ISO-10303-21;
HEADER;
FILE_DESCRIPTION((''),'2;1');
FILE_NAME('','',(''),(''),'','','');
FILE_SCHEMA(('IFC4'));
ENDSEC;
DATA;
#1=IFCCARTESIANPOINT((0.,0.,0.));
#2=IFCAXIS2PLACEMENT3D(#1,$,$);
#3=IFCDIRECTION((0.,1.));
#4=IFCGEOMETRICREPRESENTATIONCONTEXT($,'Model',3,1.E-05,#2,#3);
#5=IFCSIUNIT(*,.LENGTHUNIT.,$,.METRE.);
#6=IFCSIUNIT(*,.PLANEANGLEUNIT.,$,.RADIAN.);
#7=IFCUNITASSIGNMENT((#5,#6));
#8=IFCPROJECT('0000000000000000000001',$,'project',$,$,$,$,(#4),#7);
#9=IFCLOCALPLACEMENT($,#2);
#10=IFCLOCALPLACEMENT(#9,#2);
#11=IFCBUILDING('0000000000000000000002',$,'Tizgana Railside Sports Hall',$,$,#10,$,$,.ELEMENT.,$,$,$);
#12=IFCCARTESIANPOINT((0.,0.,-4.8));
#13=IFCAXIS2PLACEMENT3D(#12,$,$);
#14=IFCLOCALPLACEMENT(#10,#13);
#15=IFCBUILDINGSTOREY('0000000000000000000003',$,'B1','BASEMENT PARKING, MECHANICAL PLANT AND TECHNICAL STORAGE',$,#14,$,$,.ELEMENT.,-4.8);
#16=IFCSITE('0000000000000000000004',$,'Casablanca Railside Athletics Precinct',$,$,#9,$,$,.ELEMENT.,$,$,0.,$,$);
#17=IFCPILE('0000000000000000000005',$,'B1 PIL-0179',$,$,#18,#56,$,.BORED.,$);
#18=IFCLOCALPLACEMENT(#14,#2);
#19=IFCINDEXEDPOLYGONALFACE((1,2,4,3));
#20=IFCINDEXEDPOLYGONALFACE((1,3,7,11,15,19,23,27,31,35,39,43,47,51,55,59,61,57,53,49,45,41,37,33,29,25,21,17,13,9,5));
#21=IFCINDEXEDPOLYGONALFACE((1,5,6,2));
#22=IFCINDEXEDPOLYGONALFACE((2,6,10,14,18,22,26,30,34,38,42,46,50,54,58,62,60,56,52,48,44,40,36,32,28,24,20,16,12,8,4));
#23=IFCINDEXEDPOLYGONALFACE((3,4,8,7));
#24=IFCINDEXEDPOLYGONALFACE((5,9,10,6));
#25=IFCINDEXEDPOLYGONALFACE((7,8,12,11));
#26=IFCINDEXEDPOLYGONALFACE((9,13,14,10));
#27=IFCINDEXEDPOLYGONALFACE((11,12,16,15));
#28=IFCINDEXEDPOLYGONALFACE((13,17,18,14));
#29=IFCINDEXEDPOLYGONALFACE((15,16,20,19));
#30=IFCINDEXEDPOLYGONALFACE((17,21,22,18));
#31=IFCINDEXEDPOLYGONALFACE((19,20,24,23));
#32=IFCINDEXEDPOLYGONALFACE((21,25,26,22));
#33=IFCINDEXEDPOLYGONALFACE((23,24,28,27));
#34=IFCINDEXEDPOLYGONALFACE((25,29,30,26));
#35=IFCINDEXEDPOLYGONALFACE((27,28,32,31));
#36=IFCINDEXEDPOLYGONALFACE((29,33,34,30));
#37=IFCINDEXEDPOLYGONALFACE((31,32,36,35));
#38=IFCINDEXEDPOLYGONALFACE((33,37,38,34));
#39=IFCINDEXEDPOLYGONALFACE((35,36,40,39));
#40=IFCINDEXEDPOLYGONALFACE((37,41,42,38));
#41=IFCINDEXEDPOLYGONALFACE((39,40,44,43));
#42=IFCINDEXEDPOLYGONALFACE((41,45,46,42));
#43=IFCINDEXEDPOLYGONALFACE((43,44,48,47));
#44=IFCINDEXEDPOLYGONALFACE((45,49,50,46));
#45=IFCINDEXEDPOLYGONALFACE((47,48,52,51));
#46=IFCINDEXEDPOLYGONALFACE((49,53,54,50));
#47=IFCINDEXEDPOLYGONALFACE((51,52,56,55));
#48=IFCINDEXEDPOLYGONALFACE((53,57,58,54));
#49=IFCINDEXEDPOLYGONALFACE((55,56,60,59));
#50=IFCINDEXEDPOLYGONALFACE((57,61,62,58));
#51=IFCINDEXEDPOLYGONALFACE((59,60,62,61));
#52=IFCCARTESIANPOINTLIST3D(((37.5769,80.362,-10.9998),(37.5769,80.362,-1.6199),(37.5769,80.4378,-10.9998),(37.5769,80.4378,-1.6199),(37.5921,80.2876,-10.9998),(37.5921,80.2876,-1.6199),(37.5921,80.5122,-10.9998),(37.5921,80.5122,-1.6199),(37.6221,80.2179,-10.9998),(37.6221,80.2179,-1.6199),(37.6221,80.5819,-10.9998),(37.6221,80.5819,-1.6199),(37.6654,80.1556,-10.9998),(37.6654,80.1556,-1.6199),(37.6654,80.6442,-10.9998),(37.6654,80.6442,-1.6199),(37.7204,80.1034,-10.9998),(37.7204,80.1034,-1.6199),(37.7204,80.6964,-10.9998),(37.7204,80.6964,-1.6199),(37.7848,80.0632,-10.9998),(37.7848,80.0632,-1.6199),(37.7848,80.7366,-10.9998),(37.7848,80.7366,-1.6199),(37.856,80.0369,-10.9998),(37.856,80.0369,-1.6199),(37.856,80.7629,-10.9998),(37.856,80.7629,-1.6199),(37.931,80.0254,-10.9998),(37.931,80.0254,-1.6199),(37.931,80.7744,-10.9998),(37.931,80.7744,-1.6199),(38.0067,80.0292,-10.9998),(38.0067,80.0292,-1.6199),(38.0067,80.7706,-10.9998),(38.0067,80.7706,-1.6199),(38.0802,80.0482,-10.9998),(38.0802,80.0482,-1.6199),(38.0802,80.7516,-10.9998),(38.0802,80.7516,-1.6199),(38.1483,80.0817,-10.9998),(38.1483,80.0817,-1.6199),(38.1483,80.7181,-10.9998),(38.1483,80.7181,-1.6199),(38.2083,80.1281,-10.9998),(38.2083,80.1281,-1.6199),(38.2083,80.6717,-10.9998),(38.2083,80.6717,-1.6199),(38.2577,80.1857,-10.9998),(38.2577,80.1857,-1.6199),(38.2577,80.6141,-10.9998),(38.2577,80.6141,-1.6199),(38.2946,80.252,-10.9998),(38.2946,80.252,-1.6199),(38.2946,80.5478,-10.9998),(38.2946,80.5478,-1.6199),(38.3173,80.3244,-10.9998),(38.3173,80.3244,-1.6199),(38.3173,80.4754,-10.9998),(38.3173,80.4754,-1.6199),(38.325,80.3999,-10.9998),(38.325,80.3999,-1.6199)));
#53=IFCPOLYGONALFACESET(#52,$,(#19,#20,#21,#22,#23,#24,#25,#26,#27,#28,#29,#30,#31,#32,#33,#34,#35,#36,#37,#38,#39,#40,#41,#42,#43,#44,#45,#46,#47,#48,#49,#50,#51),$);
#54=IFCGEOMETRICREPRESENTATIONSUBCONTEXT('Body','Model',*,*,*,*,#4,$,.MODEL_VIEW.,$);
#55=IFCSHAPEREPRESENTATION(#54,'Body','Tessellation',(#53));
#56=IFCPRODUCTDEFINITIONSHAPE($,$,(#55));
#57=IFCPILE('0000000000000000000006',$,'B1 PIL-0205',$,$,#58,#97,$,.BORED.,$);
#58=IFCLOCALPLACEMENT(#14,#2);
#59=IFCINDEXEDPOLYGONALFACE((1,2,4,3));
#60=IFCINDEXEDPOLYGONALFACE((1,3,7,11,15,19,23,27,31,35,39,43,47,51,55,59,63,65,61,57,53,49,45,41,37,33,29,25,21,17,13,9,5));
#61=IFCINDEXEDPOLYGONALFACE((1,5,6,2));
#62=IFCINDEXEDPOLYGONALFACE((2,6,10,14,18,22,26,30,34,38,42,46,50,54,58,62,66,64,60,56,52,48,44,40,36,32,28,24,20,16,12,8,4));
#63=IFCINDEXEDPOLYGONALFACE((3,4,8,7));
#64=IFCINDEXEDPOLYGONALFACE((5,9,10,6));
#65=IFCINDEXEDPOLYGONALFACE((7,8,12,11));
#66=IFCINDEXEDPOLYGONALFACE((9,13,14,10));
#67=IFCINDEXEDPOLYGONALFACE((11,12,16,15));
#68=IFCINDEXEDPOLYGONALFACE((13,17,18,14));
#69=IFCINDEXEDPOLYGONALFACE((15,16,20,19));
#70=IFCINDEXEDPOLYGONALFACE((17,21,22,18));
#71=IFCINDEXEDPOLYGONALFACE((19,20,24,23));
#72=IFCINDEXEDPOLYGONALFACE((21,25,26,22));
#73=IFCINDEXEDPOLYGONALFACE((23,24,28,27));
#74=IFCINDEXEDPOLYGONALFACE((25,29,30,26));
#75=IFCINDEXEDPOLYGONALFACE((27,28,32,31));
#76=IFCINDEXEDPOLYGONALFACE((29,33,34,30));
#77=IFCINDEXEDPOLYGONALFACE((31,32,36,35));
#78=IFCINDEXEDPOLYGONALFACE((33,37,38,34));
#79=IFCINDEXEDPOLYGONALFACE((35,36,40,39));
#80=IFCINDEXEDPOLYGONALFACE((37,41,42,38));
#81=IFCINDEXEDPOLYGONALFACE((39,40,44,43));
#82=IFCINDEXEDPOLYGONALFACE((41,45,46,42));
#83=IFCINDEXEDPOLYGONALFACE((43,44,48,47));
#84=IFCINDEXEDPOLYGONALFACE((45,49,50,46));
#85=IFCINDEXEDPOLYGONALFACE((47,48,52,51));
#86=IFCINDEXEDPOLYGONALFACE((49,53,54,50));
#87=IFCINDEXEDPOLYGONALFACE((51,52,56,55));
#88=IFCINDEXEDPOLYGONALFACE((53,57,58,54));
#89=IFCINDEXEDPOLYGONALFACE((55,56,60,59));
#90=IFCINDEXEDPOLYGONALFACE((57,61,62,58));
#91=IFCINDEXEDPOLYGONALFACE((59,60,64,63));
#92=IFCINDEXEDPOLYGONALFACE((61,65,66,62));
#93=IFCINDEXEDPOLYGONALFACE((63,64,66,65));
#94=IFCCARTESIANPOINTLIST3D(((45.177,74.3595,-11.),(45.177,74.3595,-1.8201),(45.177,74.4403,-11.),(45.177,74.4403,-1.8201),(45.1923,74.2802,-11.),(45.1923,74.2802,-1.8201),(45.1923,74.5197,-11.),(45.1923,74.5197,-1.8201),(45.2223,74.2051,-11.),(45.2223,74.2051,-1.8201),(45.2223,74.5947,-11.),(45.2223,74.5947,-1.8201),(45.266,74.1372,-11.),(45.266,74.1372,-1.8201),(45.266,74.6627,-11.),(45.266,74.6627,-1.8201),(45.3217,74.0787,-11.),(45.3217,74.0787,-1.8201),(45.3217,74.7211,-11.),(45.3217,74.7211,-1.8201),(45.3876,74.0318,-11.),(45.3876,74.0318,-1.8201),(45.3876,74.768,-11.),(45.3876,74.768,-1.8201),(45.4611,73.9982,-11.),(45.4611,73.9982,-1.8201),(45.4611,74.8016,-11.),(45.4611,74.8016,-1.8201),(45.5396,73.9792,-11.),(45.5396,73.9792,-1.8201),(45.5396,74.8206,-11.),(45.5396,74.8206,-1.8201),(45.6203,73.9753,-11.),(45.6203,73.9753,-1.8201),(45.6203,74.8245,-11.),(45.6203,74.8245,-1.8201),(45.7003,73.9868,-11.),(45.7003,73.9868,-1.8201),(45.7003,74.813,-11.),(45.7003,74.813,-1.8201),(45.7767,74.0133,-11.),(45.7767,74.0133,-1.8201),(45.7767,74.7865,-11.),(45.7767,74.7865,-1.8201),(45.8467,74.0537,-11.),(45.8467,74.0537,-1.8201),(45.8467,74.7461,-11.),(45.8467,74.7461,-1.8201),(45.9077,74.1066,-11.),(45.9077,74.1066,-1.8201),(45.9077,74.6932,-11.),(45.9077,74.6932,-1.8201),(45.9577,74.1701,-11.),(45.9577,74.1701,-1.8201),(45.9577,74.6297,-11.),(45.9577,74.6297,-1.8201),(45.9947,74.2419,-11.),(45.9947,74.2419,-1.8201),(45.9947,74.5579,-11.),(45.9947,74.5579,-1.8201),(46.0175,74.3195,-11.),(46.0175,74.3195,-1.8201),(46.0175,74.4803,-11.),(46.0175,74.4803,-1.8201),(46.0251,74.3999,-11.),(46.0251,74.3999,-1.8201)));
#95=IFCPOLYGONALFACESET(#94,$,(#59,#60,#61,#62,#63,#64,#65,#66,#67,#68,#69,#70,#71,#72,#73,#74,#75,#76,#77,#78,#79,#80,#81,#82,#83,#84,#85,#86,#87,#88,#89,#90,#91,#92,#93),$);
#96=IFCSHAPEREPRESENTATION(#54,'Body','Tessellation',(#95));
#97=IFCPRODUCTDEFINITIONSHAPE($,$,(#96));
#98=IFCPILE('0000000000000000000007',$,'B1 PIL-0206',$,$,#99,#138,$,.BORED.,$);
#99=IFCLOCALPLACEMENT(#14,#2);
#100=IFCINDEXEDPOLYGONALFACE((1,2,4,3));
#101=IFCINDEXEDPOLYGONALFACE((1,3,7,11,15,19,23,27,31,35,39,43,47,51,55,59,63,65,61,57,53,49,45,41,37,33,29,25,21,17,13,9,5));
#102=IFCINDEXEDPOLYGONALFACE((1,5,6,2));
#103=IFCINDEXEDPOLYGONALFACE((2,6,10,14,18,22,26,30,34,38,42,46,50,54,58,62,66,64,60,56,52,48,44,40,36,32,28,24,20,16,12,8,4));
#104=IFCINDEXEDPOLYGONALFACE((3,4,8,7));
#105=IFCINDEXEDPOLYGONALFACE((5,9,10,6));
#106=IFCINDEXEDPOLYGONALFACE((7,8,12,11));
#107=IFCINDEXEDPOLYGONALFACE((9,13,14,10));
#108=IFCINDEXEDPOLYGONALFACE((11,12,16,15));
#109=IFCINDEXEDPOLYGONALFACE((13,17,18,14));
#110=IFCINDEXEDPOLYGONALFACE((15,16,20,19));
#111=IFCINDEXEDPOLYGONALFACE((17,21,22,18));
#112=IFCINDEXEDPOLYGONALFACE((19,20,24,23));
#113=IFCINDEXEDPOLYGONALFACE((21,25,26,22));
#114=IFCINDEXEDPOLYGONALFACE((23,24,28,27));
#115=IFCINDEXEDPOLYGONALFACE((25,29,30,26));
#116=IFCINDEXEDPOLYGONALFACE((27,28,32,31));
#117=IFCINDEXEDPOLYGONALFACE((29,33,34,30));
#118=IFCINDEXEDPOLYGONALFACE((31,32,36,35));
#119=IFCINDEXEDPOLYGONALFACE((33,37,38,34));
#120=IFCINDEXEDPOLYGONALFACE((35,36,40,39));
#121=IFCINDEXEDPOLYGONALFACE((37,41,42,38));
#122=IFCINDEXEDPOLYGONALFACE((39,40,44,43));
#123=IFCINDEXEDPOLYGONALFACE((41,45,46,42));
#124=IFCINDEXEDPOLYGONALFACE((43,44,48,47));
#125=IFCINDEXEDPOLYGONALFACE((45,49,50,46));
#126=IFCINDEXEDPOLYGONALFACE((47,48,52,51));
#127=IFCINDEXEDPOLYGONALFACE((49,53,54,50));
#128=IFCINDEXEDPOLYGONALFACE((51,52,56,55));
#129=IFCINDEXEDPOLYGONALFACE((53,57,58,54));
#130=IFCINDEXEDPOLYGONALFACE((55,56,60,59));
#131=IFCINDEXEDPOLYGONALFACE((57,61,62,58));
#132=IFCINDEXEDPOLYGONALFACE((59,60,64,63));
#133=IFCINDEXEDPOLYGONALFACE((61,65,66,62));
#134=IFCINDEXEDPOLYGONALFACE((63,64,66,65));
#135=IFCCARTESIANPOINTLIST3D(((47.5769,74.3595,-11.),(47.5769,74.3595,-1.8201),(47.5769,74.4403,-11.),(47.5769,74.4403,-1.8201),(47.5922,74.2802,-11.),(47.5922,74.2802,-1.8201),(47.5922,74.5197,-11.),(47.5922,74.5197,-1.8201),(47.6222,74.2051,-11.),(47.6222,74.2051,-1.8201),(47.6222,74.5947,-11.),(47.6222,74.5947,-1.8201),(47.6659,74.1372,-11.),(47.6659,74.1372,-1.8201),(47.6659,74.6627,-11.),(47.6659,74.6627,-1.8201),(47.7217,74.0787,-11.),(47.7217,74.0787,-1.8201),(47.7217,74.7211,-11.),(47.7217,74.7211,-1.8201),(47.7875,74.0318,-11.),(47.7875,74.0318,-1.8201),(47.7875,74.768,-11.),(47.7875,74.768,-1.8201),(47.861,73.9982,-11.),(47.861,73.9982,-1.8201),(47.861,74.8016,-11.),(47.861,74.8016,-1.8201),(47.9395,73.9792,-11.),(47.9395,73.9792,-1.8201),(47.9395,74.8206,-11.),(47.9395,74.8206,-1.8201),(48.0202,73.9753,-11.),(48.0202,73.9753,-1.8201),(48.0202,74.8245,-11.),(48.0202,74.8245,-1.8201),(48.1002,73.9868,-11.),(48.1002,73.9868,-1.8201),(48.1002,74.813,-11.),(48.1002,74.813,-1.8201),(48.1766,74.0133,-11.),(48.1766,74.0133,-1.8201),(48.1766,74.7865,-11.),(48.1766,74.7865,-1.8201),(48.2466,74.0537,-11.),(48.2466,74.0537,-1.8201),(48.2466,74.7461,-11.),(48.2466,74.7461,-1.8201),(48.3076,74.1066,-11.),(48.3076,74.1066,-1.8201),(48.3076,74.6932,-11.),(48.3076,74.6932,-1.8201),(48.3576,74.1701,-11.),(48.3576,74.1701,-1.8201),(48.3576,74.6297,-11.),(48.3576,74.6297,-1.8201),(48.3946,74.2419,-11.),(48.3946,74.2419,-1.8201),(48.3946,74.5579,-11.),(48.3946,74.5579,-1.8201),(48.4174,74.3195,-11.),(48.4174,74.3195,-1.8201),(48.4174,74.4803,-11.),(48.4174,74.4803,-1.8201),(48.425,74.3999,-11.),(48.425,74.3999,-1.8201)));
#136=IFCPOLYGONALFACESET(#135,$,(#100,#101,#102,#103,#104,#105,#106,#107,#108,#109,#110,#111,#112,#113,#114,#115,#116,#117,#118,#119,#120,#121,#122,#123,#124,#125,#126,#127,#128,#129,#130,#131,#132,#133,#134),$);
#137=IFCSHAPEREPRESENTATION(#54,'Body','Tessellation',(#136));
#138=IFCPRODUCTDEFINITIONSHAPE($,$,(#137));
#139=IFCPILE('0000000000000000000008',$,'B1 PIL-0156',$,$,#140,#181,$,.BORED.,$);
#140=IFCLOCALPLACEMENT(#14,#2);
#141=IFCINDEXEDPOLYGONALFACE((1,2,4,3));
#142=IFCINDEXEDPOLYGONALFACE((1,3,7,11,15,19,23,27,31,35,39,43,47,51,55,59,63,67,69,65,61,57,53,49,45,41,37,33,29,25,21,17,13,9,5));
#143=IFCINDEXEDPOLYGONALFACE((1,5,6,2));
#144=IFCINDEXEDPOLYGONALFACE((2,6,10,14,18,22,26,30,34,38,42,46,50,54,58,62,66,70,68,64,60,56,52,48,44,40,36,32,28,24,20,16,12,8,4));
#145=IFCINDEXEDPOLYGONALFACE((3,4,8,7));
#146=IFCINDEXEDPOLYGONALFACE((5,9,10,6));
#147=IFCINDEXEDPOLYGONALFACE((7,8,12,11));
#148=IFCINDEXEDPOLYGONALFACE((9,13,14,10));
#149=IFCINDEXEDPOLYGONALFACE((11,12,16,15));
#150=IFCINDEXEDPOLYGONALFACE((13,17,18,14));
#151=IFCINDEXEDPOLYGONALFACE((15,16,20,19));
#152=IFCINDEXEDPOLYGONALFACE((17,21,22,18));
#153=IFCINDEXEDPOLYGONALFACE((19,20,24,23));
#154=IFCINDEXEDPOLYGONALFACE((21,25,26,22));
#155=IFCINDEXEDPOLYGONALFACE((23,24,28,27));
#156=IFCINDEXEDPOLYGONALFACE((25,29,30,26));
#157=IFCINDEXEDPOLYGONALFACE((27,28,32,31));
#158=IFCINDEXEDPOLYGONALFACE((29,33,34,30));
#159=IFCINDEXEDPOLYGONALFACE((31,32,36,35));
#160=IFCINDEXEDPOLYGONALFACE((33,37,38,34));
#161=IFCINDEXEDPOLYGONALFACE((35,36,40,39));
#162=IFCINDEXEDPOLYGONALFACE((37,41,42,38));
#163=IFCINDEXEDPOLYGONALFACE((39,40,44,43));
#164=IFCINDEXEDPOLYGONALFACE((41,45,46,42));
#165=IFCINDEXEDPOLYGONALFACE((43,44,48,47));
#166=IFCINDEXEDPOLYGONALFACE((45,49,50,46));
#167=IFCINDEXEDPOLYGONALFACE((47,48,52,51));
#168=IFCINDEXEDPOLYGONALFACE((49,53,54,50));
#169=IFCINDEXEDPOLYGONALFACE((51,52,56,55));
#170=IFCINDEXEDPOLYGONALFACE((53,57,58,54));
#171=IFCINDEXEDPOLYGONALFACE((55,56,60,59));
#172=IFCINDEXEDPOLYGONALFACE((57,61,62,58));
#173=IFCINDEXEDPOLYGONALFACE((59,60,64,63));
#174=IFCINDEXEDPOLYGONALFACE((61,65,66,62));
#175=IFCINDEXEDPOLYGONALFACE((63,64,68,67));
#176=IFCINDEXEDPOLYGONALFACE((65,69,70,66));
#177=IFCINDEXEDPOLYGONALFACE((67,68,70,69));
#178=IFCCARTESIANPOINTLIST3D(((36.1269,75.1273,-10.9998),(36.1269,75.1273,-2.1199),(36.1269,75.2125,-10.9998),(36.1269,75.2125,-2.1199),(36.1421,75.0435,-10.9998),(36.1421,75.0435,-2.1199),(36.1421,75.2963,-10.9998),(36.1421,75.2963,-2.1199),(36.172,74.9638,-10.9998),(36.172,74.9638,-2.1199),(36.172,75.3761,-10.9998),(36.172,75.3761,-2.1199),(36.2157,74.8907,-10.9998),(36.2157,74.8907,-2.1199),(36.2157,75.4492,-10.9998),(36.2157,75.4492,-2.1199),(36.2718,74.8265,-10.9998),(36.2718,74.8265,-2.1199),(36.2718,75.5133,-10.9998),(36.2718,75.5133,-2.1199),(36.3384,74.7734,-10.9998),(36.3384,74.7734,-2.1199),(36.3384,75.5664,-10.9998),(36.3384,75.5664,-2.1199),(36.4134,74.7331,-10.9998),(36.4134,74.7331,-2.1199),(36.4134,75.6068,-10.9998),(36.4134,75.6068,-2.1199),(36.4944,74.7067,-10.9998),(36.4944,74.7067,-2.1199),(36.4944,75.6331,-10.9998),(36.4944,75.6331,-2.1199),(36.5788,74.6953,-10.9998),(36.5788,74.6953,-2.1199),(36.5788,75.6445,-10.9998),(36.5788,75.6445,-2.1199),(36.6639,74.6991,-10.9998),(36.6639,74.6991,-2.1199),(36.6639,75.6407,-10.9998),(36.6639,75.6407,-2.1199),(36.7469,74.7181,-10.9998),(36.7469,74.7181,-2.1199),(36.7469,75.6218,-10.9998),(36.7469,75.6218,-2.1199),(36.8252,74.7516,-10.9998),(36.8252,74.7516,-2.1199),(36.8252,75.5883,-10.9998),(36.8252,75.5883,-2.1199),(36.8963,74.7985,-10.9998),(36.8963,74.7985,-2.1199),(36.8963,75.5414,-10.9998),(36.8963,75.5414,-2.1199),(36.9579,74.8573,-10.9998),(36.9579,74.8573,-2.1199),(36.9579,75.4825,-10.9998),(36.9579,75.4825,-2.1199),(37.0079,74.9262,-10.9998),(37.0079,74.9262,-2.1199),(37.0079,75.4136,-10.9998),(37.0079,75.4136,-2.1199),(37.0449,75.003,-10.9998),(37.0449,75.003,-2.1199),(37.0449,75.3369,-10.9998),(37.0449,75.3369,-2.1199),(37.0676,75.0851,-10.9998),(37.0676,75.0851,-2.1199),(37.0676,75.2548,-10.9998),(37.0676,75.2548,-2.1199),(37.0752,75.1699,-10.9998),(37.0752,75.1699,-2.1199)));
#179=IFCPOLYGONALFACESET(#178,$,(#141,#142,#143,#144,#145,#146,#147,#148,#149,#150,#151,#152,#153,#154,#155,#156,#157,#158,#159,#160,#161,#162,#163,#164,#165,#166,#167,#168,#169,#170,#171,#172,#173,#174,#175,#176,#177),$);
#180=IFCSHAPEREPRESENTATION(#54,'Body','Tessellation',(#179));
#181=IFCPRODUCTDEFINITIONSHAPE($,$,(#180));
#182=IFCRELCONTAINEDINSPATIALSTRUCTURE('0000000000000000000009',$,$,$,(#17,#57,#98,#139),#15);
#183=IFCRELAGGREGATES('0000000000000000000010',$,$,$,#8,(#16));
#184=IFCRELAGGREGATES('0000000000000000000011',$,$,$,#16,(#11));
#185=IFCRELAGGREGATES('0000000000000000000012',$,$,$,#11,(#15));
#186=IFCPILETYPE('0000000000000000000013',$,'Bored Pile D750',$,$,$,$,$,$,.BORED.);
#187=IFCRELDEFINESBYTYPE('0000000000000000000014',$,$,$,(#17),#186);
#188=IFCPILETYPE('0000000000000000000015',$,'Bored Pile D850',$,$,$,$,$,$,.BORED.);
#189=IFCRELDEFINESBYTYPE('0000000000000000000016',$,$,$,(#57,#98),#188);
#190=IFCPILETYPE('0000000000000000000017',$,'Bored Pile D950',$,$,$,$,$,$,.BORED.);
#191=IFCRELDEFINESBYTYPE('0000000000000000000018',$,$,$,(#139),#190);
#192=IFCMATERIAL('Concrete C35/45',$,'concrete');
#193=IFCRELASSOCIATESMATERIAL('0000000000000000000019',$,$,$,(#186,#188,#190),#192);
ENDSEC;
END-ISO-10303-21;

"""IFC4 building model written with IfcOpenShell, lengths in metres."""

from ifc_helpers import new_model, si_unit, direction, frame, origin, origin_2d, place, context, subcontext, project, spatial, circle, extrude, material, material_profile, profile_set, type_object, element, save


model = new_model("IFC4")

# Units and contexts
model_context = context("Model", 3, precision=1e-05, world=origin(), true_north=direction((0.0, 1.0)))
body_context = subcontext(model_context, "Body", "Model", "MODEL_VIEW")
ifc_project = project(units=[si_unit("LENGTHUNIT", "METRE"), si_unit("PLANEANGLEUNIT", "RADIAN")], contexts=[model_context])

# Site, building, storey
site_placement = place(None, origin())
site = spatial("IfcSite", under=ifc_project, at=site_placement, Name="Casablanca Railside Athletics Precinct", CompositionType="ELEMENT", RefElevation=0.0)
building_placement = place(site_placement, origin())
building = spatial("IfcBuilding", under=site, at=building_placement, Name="Tizgana Railside Sports Hall", CompositionType="ELEMENT")
storey_placement = place(building_placement, frame((0.0, 0.0, -4.8)))
storey = spatial("IfcBuildingStorey", under=building, at=storey_placement, Name="B1", Description="BASEMENT PARKING, MECHANICAL PLANT AND TECHNICAL STORAGE", CompositionType="ELEMENT", Elevation=-4.8)

# Piles
ifc_material_1 = material(Name="Concrete C35/45", Category="concrete")
ifc_material_profile_1 = material_profile(ifc_material_1, circle(Radius=0.375, at=origin_2d()), Name="PILE D750")
ifc_profile_set_1 = profile_set([ifc_material_profile_1], Name="Concrete C35/45")
pile_type_1 = type_object("IfcPileType", Name="Bored Pile D750", PredefinedType="BORED", material=ifc_profile_set_1)
pile_placement = place(storey_placement, frame((37.95, 80.3999, -1.6199), z_axis=(0.0, 0.0, -1.0), x_axis=(1.0, 0.0, 0.0)))
element("IfcPile", 1, at=pile_placement, inside=storey, type_object=pile_type_1, Name="B1 PIL-0179", PredefinedType="BORED", context=body_context, shape_type="SweptSolid", body=[
    extrude(circle(Radius=0.375, at=origin_2d()), origin(), (0.0, 0.0, 1.0), 9.3799),
])
ifc_material_profile_2 = material_profile(ifc_material_1, circle(Radius=0.425, at=origin_2d()), Name="PILE D850")
ifc_profile_set_2 = profile_set([ifc_material_profile_2], Name="Concrete C35/45")
pile_type_2 = type_object("IfcPileType", Name="Bored Pile D850", PredefinedType="BORED", material=ifc_profile_set_2)
for number, where, z_axis, x_axis, name in (
    (2, (45.6001, 74.3999, -1.8201), (0.0, 0.0, -1.0), (1.0, 0.0, 0.0), "B1 PIL-0205"),
    (3, (48.0, 74.3999, -1.8201), (0.0, 0.0, -1.0), (1.0, 0.0, 0.0), "B1 PIL-0206"),
):
    element("IfcPile", number, at=place(storey_placement, frame(where, z_axis=z_axis, x_axis=x_axis)), inside=storey, type_object=pile_type_2, Name=name, PredefinedType="BORED", context=body_context, shape_type="SweptSolid", body=[
        extrude(circle(Radius=0.425, at=origin_2d()), origin(), (0.0, 0.0, 1.0), 9.1799),
    ])
ifc_material_profile_3 = material_profile(ifc_material_1, circle(Radius=0.4751, at=origin_2d()), Name="PILE D950")
ifc_profile_set_3 = profile_set([ifc_material_profile_3], Name="Concrete C35/45")
pile_type_3 = type_object("IfcPileType", Name="Bored Pile D950", PredefinedType="BORED", material=ifc_profile_set_3)
for number, where, z_axis, x_axis, name in (
    (4, (36.6001, 75.1699, -2.1199), (0.0, 0.0, -1.0), (1.0, 0.0, 0.0), "B1 PIL-0156"),
):
    element("IfcPile", number, at=place(storey_placement, frame(where, z_axis=z_axis, x_axis=x_axis)), inside=storey, type_object=pile_type_3, Name=name, PredefinedType="BORED", context=body_context, shape_type="SweptSolid", body=[
        extrude(circle(Radius=0.4751, at=origin_2d()), origin(), (0.0, 0.0, 1.0), 8.8799),
    ])

save(model, "model.ifc")
